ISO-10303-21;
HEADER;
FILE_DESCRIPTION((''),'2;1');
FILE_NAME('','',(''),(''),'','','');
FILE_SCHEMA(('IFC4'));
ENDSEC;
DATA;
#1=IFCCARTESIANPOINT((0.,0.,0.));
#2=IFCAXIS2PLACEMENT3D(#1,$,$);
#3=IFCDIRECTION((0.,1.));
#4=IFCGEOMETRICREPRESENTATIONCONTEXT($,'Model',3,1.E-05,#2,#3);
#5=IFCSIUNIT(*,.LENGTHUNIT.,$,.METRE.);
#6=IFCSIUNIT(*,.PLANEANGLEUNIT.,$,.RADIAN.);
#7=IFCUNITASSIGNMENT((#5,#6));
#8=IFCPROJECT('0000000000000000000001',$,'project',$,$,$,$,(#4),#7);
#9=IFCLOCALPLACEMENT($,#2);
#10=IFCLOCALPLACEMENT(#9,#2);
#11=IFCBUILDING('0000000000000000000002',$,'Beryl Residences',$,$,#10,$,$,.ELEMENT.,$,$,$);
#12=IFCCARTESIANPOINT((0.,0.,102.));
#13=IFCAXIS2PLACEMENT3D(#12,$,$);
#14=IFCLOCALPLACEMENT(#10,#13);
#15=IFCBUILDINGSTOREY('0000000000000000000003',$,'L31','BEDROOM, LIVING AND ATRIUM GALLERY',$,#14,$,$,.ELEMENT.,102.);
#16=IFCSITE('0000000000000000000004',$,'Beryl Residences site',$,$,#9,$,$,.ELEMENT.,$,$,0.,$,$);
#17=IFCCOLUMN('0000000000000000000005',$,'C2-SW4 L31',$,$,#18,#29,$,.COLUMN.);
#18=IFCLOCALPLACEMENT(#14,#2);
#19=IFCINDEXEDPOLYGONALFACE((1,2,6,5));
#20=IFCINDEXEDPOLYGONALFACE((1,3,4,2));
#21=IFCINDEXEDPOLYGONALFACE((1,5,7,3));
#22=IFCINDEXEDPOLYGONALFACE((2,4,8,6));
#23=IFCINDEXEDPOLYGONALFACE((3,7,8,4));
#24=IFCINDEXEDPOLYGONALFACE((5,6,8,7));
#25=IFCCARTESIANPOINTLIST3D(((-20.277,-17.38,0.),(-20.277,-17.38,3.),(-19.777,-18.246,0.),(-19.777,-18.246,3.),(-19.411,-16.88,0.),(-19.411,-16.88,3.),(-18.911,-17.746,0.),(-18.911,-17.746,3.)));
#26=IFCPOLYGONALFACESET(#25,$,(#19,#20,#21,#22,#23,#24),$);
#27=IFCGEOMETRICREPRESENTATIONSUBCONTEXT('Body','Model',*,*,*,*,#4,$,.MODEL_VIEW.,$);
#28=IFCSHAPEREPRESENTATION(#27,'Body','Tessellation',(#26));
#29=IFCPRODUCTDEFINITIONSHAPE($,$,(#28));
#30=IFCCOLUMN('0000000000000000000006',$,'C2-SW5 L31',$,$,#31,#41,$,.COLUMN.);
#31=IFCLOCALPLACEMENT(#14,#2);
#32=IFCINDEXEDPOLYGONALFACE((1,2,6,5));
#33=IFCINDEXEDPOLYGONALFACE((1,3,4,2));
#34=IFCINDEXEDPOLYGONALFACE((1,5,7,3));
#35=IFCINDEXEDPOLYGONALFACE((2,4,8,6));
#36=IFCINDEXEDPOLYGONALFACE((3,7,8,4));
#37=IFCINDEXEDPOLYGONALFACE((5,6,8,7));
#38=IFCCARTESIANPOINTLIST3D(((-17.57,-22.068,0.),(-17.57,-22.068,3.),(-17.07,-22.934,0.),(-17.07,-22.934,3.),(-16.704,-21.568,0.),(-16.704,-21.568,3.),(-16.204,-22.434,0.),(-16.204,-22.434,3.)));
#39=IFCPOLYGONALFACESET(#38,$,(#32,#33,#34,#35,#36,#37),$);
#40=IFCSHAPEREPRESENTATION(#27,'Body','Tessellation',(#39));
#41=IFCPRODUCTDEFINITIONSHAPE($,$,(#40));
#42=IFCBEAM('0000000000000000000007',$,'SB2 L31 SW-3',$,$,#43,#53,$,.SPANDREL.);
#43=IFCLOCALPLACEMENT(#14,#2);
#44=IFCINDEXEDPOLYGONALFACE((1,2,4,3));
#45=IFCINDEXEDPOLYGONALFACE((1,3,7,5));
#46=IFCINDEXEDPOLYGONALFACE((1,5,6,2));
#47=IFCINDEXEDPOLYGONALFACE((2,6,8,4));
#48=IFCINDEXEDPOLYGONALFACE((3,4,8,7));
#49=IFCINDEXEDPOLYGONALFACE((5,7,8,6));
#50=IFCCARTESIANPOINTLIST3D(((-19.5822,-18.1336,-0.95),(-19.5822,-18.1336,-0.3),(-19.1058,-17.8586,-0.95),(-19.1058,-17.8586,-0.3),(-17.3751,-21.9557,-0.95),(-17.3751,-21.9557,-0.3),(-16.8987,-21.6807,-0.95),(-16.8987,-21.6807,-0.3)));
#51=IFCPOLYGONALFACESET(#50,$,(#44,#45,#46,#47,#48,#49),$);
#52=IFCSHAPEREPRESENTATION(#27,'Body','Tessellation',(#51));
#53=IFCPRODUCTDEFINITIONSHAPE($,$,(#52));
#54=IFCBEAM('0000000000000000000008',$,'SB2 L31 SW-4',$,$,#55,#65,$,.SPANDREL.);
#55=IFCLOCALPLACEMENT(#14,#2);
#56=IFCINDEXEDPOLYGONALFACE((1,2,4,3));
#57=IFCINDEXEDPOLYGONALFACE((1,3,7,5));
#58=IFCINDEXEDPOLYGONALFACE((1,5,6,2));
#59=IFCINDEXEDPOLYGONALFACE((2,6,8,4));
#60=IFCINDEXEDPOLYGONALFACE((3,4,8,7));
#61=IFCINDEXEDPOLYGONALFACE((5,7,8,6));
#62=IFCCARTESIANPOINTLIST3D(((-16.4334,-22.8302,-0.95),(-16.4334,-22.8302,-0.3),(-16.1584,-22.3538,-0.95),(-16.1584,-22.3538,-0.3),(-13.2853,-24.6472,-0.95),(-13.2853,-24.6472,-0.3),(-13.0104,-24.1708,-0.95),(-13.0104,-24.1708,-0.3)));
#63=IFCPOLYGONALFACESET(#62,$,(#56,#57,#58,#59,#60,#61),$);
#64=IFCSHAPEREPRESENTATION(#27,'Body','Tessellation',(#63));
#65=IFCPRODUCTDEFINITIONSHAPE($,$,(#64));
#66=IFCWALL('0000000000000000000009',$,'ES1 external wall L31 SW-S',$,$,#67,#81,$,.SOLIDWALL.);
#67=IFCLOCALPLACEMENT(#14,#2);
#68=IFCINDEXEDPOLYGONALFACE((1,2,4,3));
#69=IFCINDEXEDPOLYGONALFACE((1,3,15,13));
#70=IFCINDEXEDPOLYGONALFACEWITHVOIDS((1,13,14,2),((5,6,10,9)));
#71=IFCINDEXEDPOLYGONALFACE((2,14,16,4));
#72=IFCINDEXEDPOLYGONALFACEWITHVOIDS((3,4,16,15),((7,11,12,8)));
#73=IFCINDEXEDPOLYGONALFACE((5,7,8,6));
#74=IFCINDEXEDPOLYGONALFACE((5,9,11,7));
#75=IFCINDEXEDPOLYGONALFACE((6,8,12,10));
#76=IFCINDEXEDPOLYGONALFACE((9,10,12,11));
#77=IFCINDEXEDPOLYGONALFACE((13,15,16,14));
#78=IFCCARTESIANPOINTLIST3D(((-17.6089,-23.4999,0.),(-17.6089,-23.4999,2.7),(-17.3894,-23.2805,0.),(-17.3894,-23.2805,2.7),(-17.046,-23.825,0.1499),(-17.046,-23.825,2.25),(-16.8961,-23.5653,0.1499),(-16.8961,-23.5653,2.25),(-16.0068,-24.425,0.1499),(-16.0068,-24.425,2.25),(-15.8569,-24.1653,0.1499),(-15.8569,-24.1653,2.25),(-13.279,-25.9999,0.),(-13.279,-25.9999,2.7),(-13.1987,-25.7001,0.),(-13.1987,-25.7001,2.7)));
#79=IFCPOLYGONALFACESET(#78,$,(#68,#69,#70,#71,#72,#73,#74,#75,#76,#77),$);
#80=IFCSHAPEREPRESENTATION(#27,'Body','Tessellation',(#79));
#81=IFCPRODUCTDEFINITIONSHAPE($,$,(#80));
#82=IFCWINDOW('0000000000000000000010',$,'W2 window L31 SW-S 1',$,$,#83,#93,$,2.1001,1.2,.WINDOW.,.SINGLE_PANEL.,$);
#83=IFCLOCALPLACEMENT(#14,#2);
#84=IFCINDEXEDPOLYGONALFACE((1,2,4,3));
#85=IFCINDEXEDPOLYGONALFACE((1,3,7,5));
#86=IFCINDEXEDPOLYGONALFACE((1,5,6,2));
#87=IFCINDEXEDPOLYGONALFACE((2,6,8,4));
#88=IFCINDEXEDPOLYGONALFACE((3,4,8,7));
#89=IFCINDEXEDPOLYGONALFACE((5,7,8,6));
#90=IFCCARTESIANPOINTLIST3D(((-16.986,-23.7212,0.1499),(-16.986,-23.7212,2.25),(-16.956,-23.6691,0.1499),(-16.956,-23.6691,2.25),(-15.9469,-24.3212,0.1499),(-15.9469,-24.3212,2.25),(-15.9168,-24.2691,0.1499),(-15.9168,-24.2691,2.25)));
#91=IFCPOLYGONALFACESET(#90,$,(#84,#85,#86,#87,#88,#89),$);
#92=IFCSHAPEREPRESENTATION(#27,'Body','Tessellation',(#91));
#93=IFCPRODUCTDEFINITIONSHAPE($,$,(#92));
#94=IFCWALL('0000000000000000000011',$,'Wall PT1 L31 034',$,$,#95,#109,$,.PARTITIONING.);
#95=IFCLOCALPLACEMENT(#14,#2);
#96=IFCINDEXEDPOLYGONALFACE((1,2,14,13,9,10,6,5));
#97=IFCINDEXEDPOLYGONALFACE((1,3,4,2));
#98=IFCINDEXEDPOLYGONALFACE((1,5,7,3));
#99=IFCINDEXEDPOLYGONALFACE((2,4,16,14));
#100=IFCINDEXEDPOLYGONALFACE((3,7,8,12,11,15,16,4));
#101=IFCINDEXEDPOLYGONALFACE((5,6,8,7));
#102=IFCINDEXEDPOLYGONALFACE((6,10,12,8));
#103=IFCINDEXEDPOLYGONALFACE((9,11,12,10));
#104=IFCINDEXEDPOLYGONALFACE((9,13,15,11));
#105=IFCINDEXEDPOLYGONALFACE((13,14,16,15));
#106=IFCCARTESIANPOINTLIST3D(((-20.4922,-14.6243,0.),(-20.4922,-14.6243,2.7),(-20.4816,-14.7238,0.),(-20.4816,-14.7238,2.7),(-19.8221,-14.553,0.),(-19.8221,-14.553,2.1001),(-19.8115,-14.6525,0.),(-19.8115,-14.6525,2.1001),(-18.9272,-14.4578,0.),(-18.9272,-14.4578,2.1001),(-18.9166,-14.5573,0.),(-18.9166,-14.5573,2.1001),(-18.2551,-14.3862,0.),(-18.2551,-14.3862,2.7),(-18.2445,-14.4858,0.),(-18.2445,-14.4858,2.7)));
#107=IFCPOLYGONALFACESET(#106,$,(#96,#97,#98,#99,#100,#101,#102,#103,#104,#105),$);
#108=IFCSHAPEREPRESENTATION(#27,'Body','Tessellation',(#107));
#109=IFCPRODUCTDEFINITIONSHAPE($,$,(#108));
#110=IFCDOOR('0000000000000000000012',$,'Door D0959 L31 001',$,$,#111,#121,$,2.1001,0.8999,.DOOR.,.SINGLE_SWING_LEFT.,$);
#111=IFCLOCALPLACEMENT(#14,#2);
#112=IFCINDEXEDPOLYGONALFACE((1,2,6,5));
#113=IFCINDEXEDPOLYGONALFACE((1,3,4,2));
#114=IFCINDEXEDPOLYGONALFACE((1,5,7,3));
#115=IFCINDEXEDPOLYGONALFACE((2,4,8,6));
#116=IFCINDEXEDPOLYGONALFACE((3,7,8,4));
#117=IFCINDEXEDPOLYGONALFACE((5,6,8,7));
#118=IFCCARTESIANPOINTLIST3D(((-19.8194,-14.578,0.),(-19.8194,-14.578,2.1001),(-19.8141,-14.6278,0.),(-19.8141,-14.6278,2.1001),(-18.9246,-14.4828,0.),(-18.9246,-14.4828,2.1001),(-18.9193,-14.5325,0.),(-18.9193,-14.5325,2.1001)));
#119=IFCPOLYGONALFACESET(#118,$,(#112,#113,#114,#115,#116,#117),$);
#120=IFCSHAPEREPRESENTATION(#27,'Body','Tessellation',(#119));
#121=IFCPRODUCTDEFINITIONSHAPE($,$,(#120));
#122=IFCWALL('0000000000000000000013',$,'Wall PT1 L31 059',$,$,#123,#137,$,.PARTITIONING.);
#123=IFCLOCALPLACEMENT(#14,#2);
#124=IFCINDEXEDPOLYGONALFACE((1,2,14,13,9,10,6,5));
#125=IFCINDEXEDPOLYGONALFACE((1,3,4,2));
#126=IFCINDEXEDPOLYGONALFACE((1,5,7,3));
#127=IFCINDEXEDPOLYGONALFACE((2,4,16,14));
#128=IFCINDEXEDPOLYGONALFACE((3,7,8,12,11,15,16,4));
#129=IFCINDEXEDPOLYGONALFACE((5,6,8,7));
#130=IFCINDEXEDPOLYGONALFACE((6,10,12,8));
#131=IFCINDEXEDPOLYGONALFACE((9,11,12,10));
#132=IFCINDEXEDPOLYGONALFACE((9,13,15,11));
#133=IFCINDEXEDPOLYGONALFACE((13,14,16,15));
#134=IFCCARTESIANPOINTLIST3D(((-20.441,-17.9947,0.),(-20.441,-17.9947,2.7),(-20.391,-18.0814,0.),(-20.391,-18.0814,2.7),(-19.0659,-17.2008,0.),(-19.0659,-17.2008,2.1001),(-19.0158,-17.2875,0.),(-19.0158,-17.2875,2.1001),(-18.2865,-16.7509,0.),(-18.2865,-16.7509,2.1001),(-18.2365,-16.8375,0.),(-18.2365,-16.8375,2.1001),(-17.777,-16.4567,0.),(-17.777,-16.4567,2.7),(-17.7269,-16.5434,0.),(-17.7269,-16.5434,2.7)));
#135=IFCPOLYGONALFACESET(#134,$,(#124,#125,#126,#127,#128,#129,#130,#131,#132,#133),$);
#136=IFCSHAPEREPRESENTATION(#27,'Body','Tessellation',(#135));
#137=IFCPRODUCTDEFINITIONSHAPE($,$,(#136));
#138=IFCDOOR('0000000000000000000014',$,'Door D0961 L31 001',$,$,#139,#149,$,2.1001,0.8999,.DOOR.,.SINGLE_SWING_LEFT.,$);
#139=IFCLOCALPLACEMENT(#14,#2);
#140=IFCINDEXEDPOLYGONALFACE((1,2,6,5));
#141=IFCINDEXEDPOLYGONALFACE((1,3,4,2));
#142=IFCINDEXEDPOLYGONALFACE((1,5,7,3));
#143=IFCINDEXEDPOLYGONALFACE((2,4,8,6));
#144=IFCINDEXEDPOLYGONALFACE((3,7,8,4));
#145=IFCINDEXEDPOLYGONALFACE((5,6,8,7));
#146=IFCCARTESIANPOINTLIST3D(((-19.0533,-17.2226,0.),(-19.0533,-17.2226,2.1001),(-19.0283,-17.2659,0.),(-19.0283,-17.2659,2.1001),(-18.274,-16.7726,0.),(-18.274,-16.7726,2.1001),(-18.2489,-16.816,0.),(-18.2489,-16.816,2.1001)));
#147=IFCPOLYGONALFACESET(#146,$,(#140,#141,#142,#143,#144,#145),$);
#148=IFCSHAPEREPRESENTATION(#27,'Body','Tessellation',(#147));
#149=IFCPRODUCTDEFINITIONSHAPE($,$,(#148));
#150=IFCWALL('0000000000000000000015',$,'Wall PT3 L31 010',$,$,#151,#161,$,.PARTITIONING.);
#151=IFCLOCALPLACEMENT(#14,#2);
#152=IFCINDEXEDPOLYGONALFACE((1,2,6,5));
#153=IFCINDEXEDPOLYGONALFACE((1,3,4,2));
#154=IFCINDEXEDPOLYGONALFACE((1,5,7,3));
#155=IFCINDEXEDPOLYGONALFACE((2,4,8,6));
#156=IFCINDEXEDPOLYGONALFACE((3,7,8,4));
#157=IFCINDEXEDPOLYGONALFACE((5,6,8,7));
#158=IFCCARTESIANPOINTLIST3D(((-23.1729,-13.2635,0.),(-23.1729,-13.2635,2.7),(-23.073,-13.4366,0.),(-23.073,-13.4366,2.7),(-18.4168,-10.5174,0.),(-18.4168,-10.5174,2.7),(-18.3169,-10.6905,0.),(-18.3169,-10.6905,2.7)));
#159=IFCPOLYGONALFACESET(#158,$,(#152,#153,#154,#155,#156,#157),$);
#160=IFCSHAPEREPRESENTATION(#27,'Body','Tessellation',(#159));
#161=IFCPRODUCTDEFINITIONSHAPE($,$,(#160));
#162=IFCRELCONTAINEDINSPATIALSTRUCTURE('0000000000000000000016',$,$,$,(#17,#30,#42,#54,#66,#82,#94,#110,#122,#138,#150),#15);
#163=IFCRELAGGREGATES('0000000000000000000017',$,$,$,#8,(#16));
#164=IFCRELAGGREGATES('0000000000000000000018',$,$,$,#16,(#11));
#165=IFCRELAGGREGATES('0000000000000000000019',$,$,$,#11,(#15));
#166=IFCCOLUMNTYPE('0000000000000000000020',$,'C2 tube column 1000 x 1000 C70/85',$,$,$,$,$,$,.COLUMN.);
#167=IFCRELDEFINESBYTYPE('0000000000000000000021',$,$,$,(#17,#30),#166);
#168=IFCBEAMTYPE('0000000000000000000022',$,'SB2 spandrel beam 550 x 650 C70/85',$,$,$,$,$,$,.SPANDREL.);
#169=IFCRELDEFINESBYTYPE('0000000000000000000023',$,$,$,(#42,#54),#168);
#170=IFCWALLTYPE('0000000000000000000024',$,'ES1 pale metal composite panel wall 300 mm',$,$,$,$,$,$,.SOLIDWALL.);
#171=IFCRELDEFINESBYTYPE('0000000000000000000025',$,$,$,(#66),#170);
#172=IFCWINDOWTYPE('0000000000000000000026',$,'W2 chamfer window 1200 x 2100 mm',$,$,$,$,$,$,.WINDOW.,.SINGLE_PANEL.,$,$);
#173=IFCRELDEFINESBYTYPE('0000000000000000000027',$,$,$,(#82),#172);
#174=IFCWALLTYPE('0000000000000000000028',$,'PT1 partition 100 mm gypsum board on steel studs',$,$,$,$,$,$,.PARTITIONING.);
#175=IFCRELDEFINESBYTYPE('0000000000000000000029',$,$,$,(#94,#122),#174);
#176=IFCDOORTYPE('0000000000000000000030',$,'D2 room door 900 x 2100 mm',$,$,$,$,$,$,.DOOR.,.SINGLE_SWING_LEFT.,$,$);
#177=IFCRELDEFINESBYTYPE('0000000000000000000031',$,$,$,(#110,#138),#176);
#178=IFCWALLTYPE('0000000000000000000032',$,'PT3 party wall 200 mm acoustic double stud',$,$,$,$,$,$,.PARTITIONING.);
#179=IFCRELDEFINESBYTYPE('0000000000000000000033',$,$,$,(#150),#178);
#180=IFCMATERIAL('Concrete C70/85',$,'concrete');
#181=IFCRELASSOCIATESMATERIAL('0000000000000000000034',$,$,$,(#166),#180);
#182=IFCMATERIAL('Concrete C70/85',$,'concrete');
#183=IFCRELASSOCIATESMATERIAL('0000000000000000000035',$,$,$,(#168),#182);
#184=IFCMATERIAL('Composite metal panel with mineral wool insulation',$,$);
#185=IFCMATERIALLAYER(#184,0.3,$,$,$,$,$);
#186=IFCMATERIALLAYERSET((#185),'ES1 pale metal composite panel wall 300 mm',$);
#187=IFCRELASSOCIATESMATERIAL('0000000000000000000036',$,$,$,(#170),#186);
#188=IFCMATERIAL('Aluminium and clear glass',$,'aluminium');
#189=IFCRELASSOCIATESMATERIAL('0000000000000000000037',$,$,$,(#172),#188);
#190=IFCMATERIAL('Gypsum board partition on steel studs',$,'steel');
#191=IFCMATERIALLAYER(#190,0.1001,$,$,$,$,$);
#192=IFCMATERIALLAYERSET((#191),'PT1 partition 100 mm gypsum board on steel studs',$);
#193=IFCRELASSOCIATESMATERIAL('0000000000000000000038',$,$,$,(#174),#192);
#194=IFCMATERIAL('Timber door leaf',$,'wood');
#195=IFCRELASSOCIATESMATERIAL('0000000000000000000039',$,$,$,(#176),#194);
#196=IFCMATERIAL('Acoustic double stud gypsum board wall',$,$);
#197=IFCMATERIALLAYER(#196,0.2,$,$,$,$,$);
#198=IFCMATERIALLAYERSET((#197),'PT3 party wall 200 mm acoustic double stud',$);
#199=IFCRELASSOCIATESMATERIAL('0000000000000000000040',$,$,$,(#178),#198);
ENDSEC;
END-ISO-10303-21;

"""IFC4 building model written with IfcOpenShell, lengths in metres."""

from ifc_helpers import new_model, si_unit, direction, frame, frame_2d, origin, origin_2d, place, context, subcontext, project, spatial, polyline, rectangle, outline, extrude, material, layer, layer_set, material_profile, profile_set, type_object, element, fill, save


model = new_model("IFC4")

# Units and contexts
model_context = context("Model", 3, precision=1e-05, world=origin(), true_north=direction((0.0, 1.0)))
body_context = subcontext(model_context, "Body", "Model", "MODEL_VIEW")
ifc_project = project(units=[si_unit("LENGTHUNIT", "METRE"), si_unit("PLANEANGLEUNIT", "RADIAN")], contexts=[model_context])

# Site, building, storey
site_placement = place(None, origin())
site = spatial("IfcSite", under=ifc_project, at=site_placement, Name="Beryl Residences site", CompositionType="ELEMENT", RefElevation=0.0)
building_placement = place(site_placement, origin())
building = spatial("IfcBuilding", under=site, at=building_placement, Name="Beryl Residences", CompositionType="ELEMENT")
storey_placement = place(building_placement, frame((0.0, 0.0, 102.0)))
storey = spatial("IfcBuildingStorey", under=building, at=storey_placement, Name="L31", Description="BEDROOM, LIVING AND ATRIUM GALLERY", CompositionType="ELEMENT", Elevation=102.0)

# Columns
ifc_material_1 = material(Name="Concrete C70/85", Category="concrete")
ifc_material_profile_1 = material_profile(ifc_material_1, rectangle(XDim=1.0, YDim=1.0, at=origin_2d()))
ifc_profile_set_1 = profile_set([ifc_material_profile_1], Name="Concrete C70/85")
column_type = type_object("IfcColumnType", Name="C2 tube column 1000 x 1000 C70/85", PredefinedType="COLUMN", material=ifc_profile_set_1)
for number, where, z_axis, x_axis, name in (
    (1, (-19.594, -17.563, 0.0), (0.0, 0.0, 1.0), (0.5, -0.866025, 0.0), "C2-SW4 L31"),
    (2, (-16.887, -22.251, 0.0), (0.0, 0.0, 1.0), (0.5, -0.866025, 0.0), "C2-SW5 L31"),
):
    element("IfcColumn", number, at=place(storey_placement, frame(where, z_axis=z_axis, x_axis=x_axis)), inside=storey, type_object=column_type, Name=name, PredefinedType="COLUMN", context=body_context, shape_type="SweptSolid", body=[
        extrude(rectangle(XDim=1.0, YDim=1.0, at=origin_2d()), origin(), (0.0, 0.0, 1.0), 3.0),
    ])

# Beams
ifc_material_2 = material(Name="Concrete C70/85", Category="concrete")
ifc_material_profile_2 = material_profile(ifc_material_2, rectangle(XDim=0.55, YDim=0.6499, at=origin_2d()))
ifc_profile_set_2 = profile_set([ifc_material_profile_2], Name="Concrete C70/85")
beam_type = type_object("IfcBeamType", Name="SB2 spandrel beam 550 x 650 C70/85", PredefinedType="SPANDREL", material=ifc_profile_set_2)
beam_1_placement = place(storey_placement, frame((-19.344, -17.9961, -0.625), z_axis=(0.500066, -0.865988, 0.0), x_axis=(0.865988, 0.500066, 0.0)))
element("IfcBeam", 3, at=beam_1_placement, inside=storey, type_object=beam_type, Name="SB2 L31 SW-3", PredefinedType="SPANDREL", context=body_context, shape_type="SweptSolid", body=[
    extrude(rectangle(XDim=0.55, YDim=0.6499, at=origin_2d()), origin(), (0.0, 0.0, 1.0), 4.4136),
])
beam_2_placement = place(storey_placement, frame((-16.2959, -22.592, -0.625), z_axis=(0.866094, -0.499881, 0.0), x_axis=(0.499881, 0.866094, 0.0)))
element("IfcBeam", 4, at=beam_2_placement, inside=storey, type_object=beam_type, Name="SB2 L31 SW-4", PredefinedType="SPANDREL", context=body_context, shape_type="SweptSolid", body=[
    extrude(rectangle(XDim=0.55, YDim=0.6499, at=origin_2d()), origin(), (0.0, 0.0, 1.0), 3.6348),
])

# Wall, opening, window
ifc_material_3 = material(Name="Composite metal panel with mineral wool insulation")
ifc_layer_1 = layer(ifc_material_3, 0.3)
ifc_layer_set_1 = layer_set([ifc_layer_1], Name="ES1 pale metal composite panel wall 300 mm")
wall_type_1 = type_object("IfcWallType", Name="ES1 pale metal composite panel wall 300 mm", PredefinedType="SOLIDWALL", material=ifc_layer_set_1)
wall_1_placement = place(storey_placement, frame((-17.5339, -23.3701, 0.0), z_axis=(0.0, 0.0, 1.0), x_axis=(0.866011, -0.500025, 0.0)))
wall_1 = element("IfcWall", 5, at=wall_1_placement, inside=storey, type_object=wall_type_1, Name="ES1 external wall L31 SW-S", PredefinedType="SOLIDWALL", context=body_context, shape_type="SweptSolid", body=[
    extrude(outline(polyline([(0.0, -0.1499), (4.9998, -0.1499), (4.9194, 0.1499), (0.0803, 0.1499), (0.0, -0.1499)])), origin(), (0.0, 0.0, 1.0), 2.7),
])
opening_1_placement = place(wall_1_placement, frame((0.6499, 0.0, 0.1499)))
opening_1 = element("IfcOpeningElement", 6, at=opening_1_placement, cuts=wall_1, PredefinedType="OPENING", context=body_context, shape_type="SweptSolid", body=[
    extrude(rectangle(XDim=1.2, YDim=2.1001, at=frame_2d((0.6001, 1.05))), frame((0.0, 0.1599, 0.0), z_axis=(0.0, -1.0, 0.0), x_axis=(1.0, 0.0, 0.0)), (0.0, 0.0, 1.0), 0.3201),
])
ifc_material_4 = material(Name="Aluminium and clear glass", Category="aluminium")
window_type = type_object("IfcWindowType", Name="W2 chamfer window 1200 x 2100 mm", PartitioningType="SINGLE_PANEL", PredefinedType="WINDOW", material=ifc_material_4)
window_placement = place(opening_1_placement, origin())
window = element("IfcWindow", 7, at=window_placement, inside=storey, type_object=window_type, Name="W2 window L31 SW-S 1", OverallHeight=2.1001, OverallWidth=1.2, PartitioningType="SINGLE_PANEL", PredefinedType="WINDOW", context=body_context, shape_type="SweptSolid", body=[
    extrude(rectangle(XDim=1.2, YDim=2.1001, at=frame_2d((0.6001, 1.05))), frame((0.0, 0.03, 0.0), z_axis=(0.0, -1.0, 0.0), x_axis=(1.0, 0.0, 0.0)), (0.0, 0.0, 1.0), 0.0601),
])
fill(opening_1, window)

# Walls, openings, doors
ifc_material_5 = material(Name="Gypsum board partition on steel studs", Category="steel")
ifc_layer_2 = layer(ifc_material_5, 0.1001)
ifc_layer_set_2 = layer_set([ifc_layer_2], Name="PT1 partition 100 mm gypsum board on steel studs")
wall_type_2 = type_object("IfcWallType", Name="PT1 partition 100 mm gypsum board on steel studs", PredefinedType="PARTITIONING", material=ifc_layer_set_2)
wall_2_placement = place(storey_placement, frame((-20.4871, -14.6741, 0.0), z_axis=(0.0, 0.0, 1.0), x_axis=(0.994386, 0.105809, 0.0)))
wall_2 = element("IfcWall", 8, at=wall_2_placement, inside=storey, type_object=wall_type_2, Name="Wall PT1 L31 034", PredefinedType="PARTITIONING", context=body_context, shape_type="SweptSolid", body=[
    extrude(rectangle(XDim=2.2498, YDim=0.1001, at=frame_2d((1.125, 0.0))), origin(), (0.0, 0.0, 1.0), 2.7),
])
opening_2_placement = place(wall_2_placement, frame((0.6741, 0.0, 0.0)))
opening_2 = element("IfcOpeningElement", 9, at=opening_2_placement, cuts=wall_2, PredefinedType="OPENING", context=body_context, shape_type="SweptSolid", body=[
    extrude(rectangle(XDim=0.8999, YDim=2.1001, at=frame_2d((0.45, 1.05))), frame((0.0, 0.0601, 0.0), z_axis=(0.0, -1.0, 0.0), x_axis=(1.0, 0.0, 0.0)), (0.0, 0.0, 1.0), 0.1201),
])
ifc_material_6 = material(Name="Timber door leaf", Category="wood")
door_type_1 = type_object("IfcDoorType", Name="D2 room door 900 x 2100 mm", OperationType="SINGLE_SWING_LEFT", PredefinedType="DOOR", material=ifc_material_6)
door_1_placement = place(opening_2_placement, origin())
door_1 = element("IfcDoor", 10, at=door_1_placement, inside=storey, type_object=door_type_1, Name="Door D0959 L31 001", OperationType="SINGLE_SWING_LEFT", OverallHeight=2.1001, OverallWidth=0.8999, PredefinedType="DOOR", context=body_context, shape_type="SweptSolid", body=[
    extrude(rectangle(XDim=0.8999, YDim=2.1001, at=frame_2d((0.45, 1.05))), frame((0.0, 0.0249, 0.0), z_axis=(0.0, -1.0, 0.0), x_axis=(1.0, 0.0, 0.0)), (0.0, 0.0, 1.0), 0.05),
])
fill(opening_2, door_1)
wall_3_placement = place(storey_placement, frame((-20.416, -18.0381, 0.0), z_axis=(0.0, 0.0, 1.0), x_axis=(0.866027, 0.499997, 0.0)))
wall_3 = element("IfcWall", 11, at=wall_3_placement, inside=storey, type_object=wall_type_2, Name="Wall PT1 L31 059", PredefinedType="PARTITIONING", context=body_context, shape_type="SweptSolid", body=[
    extrude(rectangle(XDim=3.0762, YDim=0.1001, at=frame_2d((1.5381, 0.0))), origin(), (0.0, 0.0, 1.0), 2.7),
])
opening_3_placement = place(wall_3_placement, frame((1.5879, 0.0, 0.0)))
opening_3 = element("IfcOpeningElement", 12, at=opening_3_placement, cuts=wall_3, PredefinedType="OPENING", context=body_context, shape_type="SweptSolid", body=[
    extrude(rectangle(XDim=0.8999, YDim=2.1001, at=frame_2d((0.45, 1.05))), frame((0.0, 0.0601, 0.0), z_axis=(0.0, -1.0, 0.0), x_axis=(1.0, 0.0, 0.0)), (0.0, 0.0, 1.0), 0.1201),
])
door_2_placement = place(opening_3_placement, origin())
door_2 = element("IfcDoor", 13, at=door_2_placement, inside=storey, type_object=door_type_1, Name="Door D0961 L31 001", OperationType="SINGLE_SWING_LEFT", OverallHeight=2.1001, OverallWidth=0.8999, PredefinedType="DOOR", context=body_context, shape_type="SweptSolid", body=[
    extrude(rectangle(XDim=0.8999, YDim=2.1001, at=frame_2d((0.45, 1.05))), frame((0.0, 0.0249, 0.0), z_axis=(0.0, -1.0, 0.0), x_axis=(1.0, 0.0, 0.0)), (0.0, 0.0, 1.0), 0.05),
])
fill(opening_3, door_2)

# Wall
ifc_material_7 = material(Name="Acoustic double stud gypsum board wall")
ifc_layer_3 = layer(ifc_material_7, 0.2)
ifc_layer_set_3 = layer_set([ifc_layer_3], Name="PT3 party wall 200 mm acoustic double stud")
wall_type_3 = type_object("IfcWallType", Name="PT3 party wall 200 mm acoustic double stud", PredefinedType="PARTITIONING", material=ifc_layer_set_3)
wall_4_placement = place(storey_placement, frame((-23.123, -13.3501, 0.0), z_axis=(0.0, 0.0, 1.0), x_axis=(0.866013, 0.500021, 0.0)))
element("IfcWall", 14, at=wall_4_placement, inside=storey, type_object=wall_type_3, Name="Wall PT3 L31 010", PredefinedType="PARTITIONING", context=body_context, shape_type="SweptSolid", body=[
    extrude(rectangle(XDim=5.4919, YDim=0.2, at=frame_2d((2.7461, 0.0))), origin(), (0.0, 0.0, 1.0), 2.7),
])

save(model, "model.ifc")
